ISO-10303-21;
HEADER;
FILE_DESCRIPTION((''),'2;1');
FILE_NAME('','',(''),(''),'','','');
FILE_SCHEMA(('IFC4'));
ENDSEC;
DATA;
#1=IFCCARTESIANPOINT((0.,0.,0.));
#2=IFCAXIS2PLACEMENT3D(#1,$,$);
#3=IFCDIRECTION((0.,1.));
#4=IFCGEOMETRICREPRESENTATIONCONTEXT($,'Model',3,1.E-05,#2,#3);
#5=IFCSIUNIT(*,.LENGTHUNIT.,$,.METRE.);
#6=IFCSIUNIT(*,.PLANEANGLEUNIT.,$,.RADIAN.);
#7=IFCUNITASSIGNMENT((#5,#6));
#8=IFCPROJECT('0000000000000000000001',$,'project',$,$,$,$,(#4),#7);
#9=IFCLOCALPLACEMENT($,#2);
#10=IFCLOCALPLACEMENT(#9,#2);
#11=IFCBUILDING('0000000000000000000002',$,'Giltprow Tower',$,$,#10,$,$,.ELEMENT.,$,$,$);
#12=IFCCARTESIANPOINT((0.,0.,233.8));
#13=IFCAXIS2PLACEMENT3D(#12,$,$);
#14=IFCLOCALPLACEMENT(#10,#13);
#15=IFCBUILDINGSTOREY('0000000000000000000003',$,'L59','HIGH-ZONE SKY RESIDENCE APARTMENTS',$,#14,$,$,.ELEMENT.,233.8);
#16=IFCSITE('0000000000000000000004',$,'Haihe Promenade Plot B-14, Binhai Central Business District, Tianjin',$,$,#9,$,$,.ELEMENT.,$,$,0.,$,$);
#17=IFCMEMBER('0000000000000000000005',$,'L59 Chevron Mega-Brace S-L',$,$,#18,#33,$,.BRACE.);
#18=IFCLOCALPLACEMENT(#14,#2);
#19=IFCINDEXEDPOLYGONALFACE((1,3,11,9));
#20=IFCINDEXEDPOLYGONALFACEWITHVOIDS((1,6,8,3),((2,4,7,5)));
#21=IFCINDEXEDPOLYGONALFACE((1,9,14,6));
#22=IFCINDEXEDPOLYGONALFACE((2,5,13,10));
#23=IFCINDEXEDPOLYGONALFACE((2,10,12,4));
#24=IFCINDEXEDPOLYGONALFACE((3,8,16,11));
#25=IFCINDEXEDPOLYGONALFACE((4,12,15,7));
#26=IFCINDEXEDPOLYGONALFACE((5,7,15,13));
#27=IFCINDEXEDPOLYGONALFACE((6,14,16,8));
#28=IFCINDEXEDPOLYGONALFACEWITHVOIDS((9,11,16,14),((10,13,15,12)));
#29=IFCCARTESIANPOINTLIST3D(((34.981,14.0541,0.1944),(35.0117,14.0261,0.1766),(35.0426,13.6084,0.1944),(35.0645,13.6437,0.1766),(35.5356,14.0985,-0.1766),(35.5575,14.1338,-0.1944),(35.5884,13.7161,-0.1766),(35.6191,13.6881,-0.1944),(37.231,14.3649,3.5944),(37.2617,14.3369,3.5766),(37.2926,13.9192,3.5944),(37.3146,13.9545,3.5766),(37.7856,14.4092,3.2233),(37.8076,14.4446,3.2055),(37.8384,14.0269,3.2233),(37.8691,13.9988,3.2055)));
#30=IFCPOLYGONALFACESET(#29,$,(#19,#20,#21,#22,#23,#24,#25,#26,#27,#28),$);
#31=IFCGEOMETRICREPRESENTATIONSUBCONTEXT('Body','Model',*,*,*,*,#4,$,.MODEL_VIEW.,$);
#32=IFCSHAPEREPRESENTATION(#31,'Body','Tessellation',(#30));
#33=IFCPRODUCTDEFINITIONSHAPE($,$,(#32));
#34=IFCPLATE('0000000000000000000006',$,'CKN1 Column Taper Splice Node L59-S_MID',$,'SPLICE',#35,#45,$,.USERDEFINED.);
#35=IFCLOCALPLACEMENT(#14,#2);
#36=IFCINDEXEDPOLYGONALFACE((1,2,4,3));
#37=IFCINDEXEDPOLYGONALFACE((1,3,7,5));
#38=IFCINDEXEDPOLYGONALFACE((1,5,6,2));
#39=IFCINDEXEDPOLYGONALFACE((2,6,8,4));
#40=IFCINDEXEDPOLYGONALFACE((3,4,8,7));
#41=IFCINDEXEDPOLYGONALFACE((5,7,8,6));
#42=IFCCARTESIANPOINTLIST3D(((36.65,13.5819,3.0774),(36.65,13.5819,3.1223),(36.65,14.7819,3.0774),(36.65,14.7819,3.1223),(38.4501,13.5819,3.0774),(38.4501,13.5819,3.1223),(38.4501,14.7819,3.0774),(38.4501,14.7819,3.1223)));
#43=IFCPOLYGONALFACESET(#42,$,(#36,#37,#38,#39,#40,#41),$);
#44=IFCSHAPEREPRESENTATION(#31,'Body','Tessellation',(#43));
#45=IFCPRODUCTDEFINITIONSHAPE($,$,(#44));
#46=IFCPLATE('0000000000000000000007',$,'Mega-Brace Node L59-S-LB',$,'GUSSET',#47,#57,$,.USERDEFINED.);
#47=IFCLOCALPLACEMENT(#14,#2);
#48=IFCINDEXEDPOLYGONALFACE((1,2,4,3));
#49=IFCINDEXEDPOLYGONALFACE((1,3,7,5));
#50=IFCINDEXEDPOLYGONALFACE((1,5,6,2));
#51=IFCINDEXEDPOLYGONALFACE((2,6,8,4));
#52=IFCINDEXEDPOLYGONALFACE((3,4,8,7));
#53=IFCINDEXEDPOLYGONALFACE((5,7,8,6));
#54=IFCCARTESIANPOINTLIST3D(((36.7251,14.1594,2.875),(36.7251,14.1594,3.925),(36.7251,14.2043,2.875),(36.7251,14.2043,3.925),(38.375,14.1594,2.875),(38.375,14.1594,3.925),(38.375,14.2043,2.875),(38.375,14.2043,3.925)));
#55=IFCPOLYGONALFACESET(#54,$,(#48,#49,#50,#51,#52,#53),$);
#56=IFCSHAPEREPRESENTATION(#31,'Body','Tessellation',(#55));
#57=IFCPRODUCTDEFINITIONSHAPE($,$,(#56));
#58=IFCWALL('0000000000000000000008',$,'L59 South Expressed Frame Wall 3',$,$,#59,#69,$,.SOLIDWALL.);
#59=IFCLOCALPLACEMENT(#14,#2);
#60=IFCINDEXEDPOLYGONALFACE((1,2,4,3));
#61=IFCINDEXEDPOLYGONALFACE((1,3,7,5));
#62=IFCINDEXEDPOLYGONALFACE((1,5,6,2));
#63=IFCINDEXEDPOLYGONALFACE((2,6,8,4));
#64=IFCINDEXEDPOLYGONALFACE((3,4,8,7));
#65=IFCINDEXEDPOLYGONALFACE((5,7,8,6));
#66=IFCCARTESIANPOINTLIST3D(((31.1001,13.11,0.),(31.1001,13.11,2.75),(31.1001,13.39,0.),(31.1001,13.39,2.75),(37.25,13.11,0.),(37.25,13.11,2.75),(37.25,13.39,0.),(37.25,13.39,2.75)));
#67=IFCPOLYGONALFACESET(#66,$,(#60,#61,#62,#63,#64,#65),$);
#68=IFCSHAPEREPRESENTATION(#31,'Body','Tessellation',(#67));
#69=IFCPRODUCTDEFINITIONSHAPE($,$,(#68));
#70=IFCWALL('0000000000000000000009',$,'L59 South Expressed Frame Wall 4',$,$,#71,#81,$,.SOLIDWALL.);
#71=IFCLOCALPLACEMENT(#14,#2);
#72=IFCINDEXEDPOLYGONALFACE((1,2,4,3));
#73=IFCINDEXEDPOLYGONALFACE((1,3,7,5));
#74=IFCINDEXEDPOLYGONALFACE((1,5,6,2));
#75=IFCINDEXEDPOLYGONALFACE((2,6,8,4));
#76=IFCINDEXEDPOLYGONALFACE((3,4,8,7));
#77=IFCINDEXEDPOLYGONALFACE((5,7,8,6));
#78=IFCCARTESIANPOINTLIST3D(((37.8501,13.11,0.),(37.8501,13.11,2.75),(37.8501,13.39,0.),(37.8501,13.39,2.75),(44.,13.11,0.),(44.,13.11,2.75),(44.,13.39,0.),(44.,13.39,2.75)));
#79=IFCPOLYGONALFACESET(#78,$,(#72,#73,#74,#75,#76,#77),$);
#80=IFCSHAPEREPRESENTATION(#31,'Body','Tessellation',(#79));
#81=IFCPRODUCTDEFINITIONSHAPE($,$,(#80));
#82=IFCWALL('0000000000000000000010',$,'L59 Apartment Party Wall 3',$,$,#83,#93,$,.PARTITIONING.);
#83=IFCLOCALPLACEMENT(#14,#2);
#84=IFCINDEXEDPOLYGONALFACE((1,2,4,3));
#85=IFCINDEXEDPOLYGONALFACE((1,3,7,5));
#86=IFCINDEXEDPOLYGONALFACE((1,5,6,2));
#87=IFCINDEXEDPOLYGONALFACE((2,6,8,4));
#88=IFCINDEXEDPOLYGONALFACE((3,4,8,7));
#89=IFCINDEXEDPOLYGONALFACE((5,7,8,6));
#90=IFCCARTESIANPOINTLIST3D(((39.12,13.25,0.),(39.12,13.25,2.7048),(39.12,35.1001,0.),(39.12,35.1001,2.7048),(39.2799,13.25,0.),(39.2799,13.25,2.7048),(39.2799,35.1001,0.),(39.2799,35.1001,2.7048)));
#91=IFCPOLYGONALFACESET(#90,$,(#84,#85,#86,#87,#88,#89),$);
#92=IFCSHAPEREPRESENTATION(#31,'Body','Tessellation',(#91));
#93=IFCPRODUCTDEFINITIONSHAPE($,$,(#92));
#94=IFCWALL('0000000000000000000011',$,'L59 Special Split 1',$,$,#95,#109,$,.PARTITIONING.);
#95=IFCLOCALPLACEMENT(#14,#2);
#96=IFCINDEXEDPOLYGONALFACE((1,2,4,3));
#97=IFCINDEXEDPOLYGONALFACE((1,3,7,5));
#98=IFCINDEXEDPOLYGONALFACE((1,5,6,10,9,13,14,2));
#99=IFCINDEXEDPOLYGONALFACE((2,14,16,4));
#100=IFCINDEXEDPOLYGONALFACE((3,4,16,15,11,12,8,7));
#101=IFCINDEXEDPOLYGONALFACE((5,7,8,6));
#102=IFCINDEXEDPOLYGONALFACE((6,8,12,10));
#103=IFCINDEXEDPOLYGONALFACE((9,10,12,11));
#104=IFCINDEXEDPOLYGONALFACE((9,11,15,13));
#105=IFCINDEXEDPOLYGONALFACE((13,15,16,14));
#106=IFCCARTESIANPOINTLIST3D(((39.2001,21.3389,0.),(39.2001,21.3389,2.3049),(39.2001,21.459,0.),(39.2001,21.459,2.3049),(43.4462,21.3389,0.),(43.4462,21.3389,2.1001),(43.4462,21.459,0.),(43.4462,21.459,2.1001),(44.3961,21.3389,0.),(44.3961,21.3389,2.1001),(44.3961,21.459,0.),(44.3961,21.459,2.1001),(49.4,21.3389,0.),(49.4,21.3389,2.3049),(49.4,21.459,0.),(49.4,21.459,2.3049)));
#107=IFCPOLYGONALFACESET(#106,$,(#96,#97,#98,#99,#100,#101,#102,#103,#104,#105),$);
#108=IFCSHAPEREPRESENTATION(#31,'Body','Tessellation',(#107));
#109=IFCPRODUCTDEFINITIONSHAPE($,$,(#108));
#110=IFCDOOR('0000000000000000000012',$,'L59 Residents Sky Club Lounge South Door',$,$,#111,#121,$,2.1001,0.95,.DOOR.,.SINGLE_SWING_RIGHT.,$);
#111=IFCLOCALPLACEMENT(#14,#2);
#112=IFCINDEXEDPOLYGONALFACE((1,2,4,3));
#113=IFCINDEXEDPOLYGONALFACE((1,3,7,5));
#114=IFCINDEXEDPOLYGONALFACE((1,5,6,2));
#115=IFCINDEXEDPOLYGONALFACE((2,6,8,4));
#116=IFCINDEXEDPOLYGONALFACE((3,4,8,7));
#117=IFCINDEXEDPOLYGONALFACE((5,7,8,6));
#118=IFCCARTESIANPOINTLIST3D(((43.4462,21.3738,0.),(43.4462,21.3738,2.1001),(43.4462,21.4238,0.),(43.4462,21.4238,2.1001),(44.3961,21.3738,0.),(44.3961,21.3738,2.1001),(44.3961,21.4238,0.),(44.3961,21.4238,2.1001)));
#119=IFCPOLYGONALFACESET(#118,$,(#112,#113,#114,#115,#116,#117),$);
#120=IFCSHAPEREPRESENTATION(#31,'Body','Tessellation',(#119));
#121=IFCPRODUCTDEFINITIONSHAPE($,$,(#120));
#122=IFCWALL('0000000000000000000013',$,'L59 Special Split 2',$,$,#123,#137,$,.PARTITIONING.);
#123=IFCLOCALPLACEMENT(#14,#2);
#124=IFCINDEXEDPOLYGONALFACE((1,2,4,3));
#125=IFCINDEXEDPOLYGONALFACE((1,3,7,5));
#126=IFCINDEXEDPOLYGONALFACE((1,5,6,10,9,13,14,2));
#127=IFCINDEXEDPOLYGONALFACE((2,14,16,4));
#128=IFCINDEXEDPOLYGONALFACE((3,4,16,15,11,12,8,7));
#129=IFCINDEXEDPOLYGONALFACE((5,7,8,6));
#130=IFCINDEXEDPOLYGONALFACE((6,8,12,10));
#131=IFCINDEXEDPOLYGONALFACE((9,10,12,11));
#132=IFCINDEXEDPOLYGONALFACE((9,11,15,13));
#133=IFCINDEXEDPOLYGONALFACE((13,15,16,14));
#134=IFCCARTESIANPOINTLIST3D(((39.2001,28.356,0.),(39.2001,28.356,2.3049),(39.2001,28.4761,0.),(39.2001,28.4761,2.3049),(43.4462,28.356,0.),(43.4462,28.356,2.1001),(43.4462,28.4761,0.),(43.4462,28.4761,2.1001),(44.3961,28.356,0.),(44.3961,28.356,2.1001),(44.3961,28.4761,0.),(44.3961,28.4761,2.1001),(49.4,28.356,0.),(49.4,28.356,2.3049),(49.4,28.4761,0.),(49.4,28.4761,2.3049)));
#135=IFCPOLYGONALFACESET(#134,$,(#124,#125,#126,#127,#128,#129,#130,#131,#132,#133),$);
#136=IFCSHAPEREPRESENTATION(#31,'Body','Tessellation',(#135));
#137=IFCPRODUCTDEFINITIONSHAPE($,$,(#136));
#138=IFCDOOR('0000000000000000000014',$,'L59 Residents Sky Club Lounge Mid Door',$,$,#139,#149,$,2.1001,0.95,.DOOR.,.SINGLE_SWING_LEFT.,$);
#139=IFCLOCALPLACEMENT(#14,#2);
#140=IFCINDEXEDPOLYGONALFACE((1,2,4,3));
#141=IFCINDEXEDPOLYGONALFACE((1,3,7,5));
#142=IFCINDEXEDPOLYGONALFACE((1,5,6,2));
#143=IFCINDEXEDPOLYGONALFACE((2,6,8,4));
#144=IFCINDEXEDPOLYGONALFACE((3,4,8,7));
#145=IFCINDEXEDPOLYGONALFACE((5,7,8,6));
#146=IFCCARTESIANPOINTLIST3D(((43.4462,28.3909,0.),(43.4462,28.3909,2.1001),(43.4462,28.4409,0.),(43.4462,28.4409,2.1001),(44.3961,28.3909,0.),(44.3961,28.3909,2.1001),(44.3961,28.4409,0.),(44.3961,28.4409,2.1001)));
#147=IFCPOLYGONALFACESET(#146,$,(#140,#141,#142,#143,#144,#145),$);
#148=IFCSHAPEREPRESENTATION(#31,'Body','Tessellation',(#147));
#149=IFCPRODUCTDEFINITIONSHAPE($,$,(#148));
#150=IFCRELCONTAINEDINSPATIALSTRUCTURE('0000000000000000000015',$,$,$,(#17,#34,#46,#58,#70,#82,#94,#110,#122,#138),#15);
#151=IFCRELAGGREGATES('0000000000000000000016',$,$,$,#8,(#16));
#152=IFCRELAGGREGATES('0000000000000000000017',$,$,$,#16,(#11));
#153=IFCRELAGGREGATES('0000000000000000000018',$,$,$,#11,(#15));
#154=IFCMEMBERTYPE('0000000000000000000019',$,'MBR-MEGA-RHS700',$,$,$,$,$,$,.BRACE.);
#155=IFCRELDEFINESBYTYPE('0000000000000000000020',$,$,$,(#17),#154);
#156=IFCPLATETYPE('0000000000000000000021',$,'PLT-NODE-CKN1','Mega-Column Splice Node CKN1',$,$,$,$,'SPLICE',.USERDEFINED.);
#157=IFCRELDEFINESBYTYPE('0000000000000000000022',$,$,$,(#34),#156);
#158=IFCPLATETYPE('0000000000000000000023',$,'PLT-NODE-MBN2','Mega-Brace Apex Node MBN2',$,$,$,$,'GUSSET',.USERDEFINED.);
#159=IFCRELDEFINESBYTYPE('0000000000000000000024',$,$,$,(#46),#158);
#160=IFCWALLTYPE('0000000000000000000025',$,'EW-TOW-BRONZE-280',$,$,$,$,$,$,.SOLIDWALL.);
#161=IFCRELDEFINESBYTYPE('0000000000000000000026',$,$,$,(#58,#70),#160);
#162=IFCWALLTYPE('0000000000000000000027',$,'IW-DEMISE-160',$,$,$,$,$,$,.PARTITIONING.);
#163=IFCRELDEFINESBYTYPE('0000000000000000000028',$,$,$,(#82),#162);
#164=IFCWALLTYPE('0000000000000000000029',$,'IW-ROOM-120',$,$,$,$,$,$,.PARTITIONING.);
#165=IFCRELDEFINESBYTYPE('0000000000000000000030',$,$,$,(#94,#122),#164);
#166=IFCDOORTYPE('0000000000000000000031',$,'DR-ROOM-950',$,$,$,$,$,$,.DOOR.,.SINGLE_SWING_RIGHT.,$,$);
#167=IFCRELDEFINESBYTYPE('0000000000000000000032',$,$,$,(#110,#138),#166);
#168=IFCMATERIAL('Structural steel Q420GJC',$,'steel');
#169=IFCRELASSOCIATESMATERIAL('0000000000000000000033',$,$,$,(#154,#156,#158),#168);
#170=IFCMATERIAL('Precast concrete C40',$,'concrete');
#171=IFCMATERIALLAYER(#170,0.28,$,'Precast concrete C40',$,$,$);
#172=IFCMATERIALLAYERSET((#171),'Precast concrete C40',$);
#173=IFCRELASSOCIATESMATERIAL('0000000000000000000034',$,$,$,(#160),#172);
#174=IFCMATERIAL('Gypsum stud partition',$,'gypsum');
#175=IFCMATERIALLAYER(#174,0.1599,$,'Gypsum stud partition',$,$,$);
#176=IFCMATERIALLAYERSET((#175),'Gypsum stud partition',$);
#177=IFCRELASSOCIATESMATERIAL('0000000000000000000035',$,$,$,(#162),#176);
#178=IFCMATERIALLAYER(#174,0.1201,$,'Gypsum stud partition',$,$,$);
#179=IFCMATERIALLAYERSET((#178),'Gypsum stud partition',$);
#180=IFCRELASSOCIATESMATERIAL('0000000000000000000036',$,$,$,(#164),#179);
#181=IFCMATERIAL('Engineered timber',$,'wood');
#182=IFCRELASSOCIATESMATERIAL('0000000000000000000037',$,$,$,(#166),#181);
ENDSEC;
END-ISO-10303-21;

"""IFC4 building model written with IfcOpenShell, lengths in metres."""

from ifc_helpers import new_model, si_unit, direction, frame, frame_2d, origin, origin_2d, place, context, subcontext, project, spatial, rectangle, hollow_rectangle, extrude, source, transform, mapped, material, layer, layer_set, material_profile, profile_set, type_object, element, fill, save


model = new_model("IFC4")

# Units and contexts
model_context = context("Model", 3, precision=1e-05, world=origin(), true_north=direction((0.0, 1.0)))
body_context = subcontext(model_context, "Body", "Model", "MODEL_VIEW")
ifc_project = project(units=[si_unit("LENGTHUNIT", "METRE"), si_unit("PLANEANGLEUNIT", "RADIAN")], contexts=[model_context])

# Site, building, storey
site_placement = place(None, origin())
site = spatial("IfcSite", under=ifc_project, at=site_placement, Name="Haihe Promenade Plot B-14, Binhai Central Business District, Tianjin", CompositionType="ELEMENT", RefElevation=0.0)
building_placement = place(site_placement, origin())
building = spatial("IfcBuilding", under=site, at=building_placement, Name="Giltprow Tower", CompositionType="ELEMENT")
storey_placement = place(building_placement, frame((0.0, 0.0, 233.8)))
storey = spatial("IfcBuildingStorey", under=building, at=storey_placement, Name="L59", Description="HIGH-ZONE SKY RESIDENCE APARTMENTS", CompositionType="ELEMENT", Elevation=233.8)

# Member
ifc_material_1 = material(Name="Structural steel Q420GJC", Category="steel")
ifc_material_profile_1 = material_profile(ifc_material_1, hollow_rectangle(XDim=0.45, YDim=0.7, WallThickness=0.032, at=origin_2d()), Name="RHS 700x450x32")
ifc_profile_set_1 = profile_set([ifc_material_profile_1], Name="Structural steel Q420GJC")
member_type = type_object("IfcMemberType", Name="MBR-MEGA-RHS700", PredefinedType="BRACE", material=ifc_profile_set_1)
shared_shape_1 = source(origin(), body_context, "Body", "SweptSolid", [
    extrude(hollow_rectangle(XDim=0.45, YDim=0.7, WallThickness=0.032, at=origin_2d()), origin(), (0.0, 0.0, 1.0), 4.0889),
])
member_placement = place(storey_placement, frame((35.3, 13.8711, 0.0), z_axis=(0.550281, 0.07601, 0.831512), x_axis=(-0.13683, 0.990595, 0.0)))
element("IfcMember", 1, at=member_placement, inside=storey, type_object=member_type, Name="L59 Chevron Mega-Brace S-L", PredefinedType="BRACE", context=body_context, shape_type="MappedRepresentation", body=[
    mapped(shared_shape_1, transform((0.0, 0.0, 0.0), x_axis=(1.0, 0.0, 0.0), y_axis=(0.0, 1.0, 0.0), z_axis=(0.0, 0.0, 1.0), scale=1.0)),
])

# Plates
plate_type_1 = type_object("IfcPlateType", Name="PLT-NODE-CKN1", Description="Mega-Column Splice Node CKN1", ElementType="SPLICE", PredefinedType="USERDEFINED", material=ifc_material_1)
shared_shape_2 = source(origin(), body_context, "Body", "SweptSolid", [
    extrude(rectangle(XDim=1.8, YDim=1.2, at=origin_2d()), origin(), (0.0, 0.0, 1.0), 0.0449),
])
plate_1_placement = place(storey_placement, frame((37.55, 14.1819, 3.0774), z_axis=(0.0, 0.0, 1.0), x_axis=(1.0, 0.0, 0.0)))
element("IfcPlate", 2, at=plate_1_placement, inside=storey, type_object=plate_type_1, Name="CKN1 Column Taper Splice Node L59-S_MID", ObjectType="SPLICE", PredefinedType="USERDEFINED", context=body_context, shape_type="MappedRepresentation", body=[
    mapped(shared_shape_2, transform((0.0, 0.0, 0.0), x_axis=(1.0, 0.0, 0.0), y_axis=(0.0, 1.0, 0.0), z_axis=(0.0, 0.0, 1.0), scale=1.0)),
])
plate_type_2 = type_object("IfcPlateType", Name="PLT-NODE-MBN2", Description="Mega-Brace Apex Node MBN2", ElementType="GUSSET", PredefinedType="USERDEFINED", material=ifc_material_1)
shared_shape_3 = source(origin(), body_context, "Body", "SweptSolid", [
    extrude(rectangle(XDim=1.6499, YDim=0.0449, at=origin_2d()), origin(), (0.0, 0.0, 1.0), 1.05),
])
plate_2_placement = place(storey_placement, frame((37.55, 14.1819, 2.875), z_axis=(0.0, 0.0, 1.0), x_axis=(1.0, 0.0, 0.0)))
element("IfcPlate", 3, at=plate_2_placement, inside=storey, type_object=plate_type_2, Name="Mega-Brace Node L59-S-LB", ObjectType="GUSSET", PredefinedType="USERDEFINED", context=body_context, shape_type="MappedRepresentation", body=[
    mapped(shared_shape_3, transform((0.0, 0.0, 0.0), x_axis=(1.0, 0.0, 0.0), y_axis=(0.0, 1.0, 0.0), z_axis=(0.0, 0.0, 1.0), scale=1.0)),
])

# Walls
ifc_material_2 = material(Name="Precast concrete C40", Category="concrete")
ifc_layer_1 = layer(ifc_material_2, 0.28, Name="Precast concrete C40")
ifc_layer_set_1 = layer_set([ifc_layer_1], Name="Precast concrete C40")
wall_type_1 = type_object("IfcWallType", Name="EW-TOW-BRONZE-280", PredefinedType="SOLIDWALL", material=ifc_layer_set_1)
for number, where, z_axis, x_axis, name in (
    (4, (31.1001, 13.25, 0.0), (0.0, 0.0, 1.0), (1.0, 0.0, 0.0), "L59 South Expressed Frame Wall 3"),
    (5, (37.8501, 13.25, 0.0), (0.0, 0.0, 1.0), (1.0, 0.0, 0.0), "L59 South Expressed Frame Wall 4"),
):
    element("IfcWall", number, at=place(storey_placement, frame(where, z_axis=z_axis, x_axis=x_axis)), inside=storey, type_object=wall_type_1, Name=name, PredefinedType="SOLIDWALL", context=body_context, shape_type="SweptSolid", body=[
        extrude(rectangle(XDim=6.1499, YDim=0.28, at=frame_2d((3.075, 0.0))), origin(), (0.0, 0.0, 1.0), 2.75),
    ])
ifc_material_3 = material(Name="Gypsum stud partition", Category="gypsum")
ifc_layer_2 = layer(ifc_material_3, 0.1599, Name="Gypsum stud partition")
ifc_layer_set_2 = layer_set([ifc_layer_2], Name="Gypsum stud partition")
wall_type_2 = type_object("IfcWallType", Name="IW-DEMISE-160", PredefinedType="PARTITIONING", material=ifc_layer_set_2)
wall_1_placement = place(storey_placement, frame((39.2, 13.25, 0.0), z_axis=(0.0, 0.0, 1.0), x_axis=(0.0, 1.0, 0.0)))
element("IfcWall", 6, at=wall_1_placement, inside=storey, type_object=wall_type_2, Name="L59 Apartment Party Wall 3", PredefinedType="PARTITIONING", context=body_context, shape_type="SweptSolid", body=[
    extrude(rectangle(XDim=21.8501, YDim=0.1599, at=frame_2d((10.925, 0.0))), origin(), (0.0, 0.0, 1.0), 2.7048),
])

# Walls, openings, doors
ifc_layer_3 = layer(ifc_material_3, 0.1201, Name="Gypsum stud partition")
ifc_layer_set_3 = layer_set([ifc_layer_3], Name="Gypsum stud partition")
wall_type_3 = type_object("IfcWallType", Name="IW-ROOM-120", PredefinedType="PARTITIONING", material=ifc_layer_set_3)
wall_2_placement = place(storey_placement, frame((39.2, 21.3989, 0.0), z_axis=(0.0, 0.0, 1.0), x_axis=(1.0, 0.0, 0.0)))
wall_2 = element("IfcWall", 7, at=wall_2_placement, inside=storey, type_object=wall_type_3, Name="L59 Special Split 1", PredefinedType="PARTITIONING", context=body_context, shape_type="SweptSolid", body=[
    extrude(rectangle(XDim=10.2, YDim=0.1201, at=frame_2d((5.1001, 0.0))), origin(), (0.0, 0.0, 1.0), 2.3049),
])
opening_1_placement = place(wall_2_placement, frame((4.2461, 0.0, 0.0)))
opening_1 = element("IfcOpeningElement", 8, at=opening_1_placement, cuts=wall_2, PredefinedType="OPENING", context=body_context, shape_type="SweptSolid", body=[
    extrude(rectangle(XDim=0.95, YDim=2.1001, at=frame_2d((0.4751, 1.05))), frame((0.0, 0.0701, 0.0), z_axis=(0.0, -1.0, 0.0), x_axis=(1.0, 0.0, 0.0)), (0.0, 0.0, 1.0), 0.1401),
])
ifc_material_4 = material(Name="Engineered timber", Category="wood")
door_type = type_object("IfcDoorType", Name="DR-ROOM-950", OperationType="SINGLE_SWING_RIGHT", PredefinedType="DOOR", material=ifc_material_4)
shared_shape_4 = source(origin(), body_context, "Body", "SweptSolid", [
    extrude(rectangle(XDim=0.95, YDim=2.1001, at=frame_2d((0.4751, 1.05))), frame((0.0, 0.0249, 0.0), z_axis=(0.0, -1.0, 0.0), x_axis=(1.0, 0.0, 0.0)), (0.0, 0.0, 1.0), 0.05),
])
door_1_placement = place(opening_1_placement, origin())
door_1 = element("IfcDoor", 9, at=door_1_placement, inside=storey, type_object=door_type, Name="L59 Residents Sky Club Lounge South Door", OperationType="SINGLE_SWING_RIGHT", OverallHeight=2.1001, OverallWidth=0.95, PredefinedType="DOOR", context=body_context, shape_type="MappedRepresentation", body=[
    mapped(shared_shape_4, transform((0.0, 0.0, 0.0), x_axis=(1.0, 0.0, 0.0), y_axis=(0.0, 1.0, 0.0), z_axis=(0.0, 0.0, 1.0), scale=1.0)),
])
fill(opening_1, door_1)
wall_3_placement = place(storey_placement, frame((39.2, 28.416, 0.0), z_axis=(0.0, 0.0, 1.0), x_axis=(1.0, 0.0, 0.0)))
wall_3 = element("IfcWall", 10, at=wall_3_placement, inside=storey, type_object=wall_type_3, Name="L59 Special Split 2", PredefinedType="PARTITIONING", context=body_context, shape_type="SweptSolid", body=[
    extrude(rectangle(XDim=10.2, YDim=0.1201, at=frame_2d((5.1001, 0.0))), origin(), (0.0, 0.0, 1.0), 2.3049),
])
opening_2_placement = place(wall_3_placement, frame((4.2461, 0.0, 0.0)))
opening_2 = element("IfcOpeningElement", 11, at=opening_2_placement, cuts=wall_3, PredefinedType="OPENING", context=body_context, shape_type="SweptSolid", body=[
    extrude(rectangle(XDim=0.95, YDim=2.1001, at=frame_2d((0.4751, 1.05))), frame((0.0, 0.0701, 0.0), z_axis=(0.0, -1.0, 0.0), x_axis=(1.0, 0.0, 0.0)), (0.0, 0.0, 1.0), 0.1401),
])
door_2_placement = place(opening_2_placement, origin())
door_2 = element("IfcDoor", 12, at=door_2_placement, inside=storey, type_object=door_type, Name="L59 Residents Sky Club Lounge Mid Door", OperationType="SINGLE_SWING_LEFT", OverallHeight=2.1001, OverallWidth=0.95, PredefinedType="DOOR", context=body_context, shape_type="MappedRepresentation", body=[
    mapped(shared_shape_4, transform((0.0, 0.0, 0.0), x_axis=(1.0, 0.0, 0.0), y_axis=(0.0, 1.0, 0.0), z_axis=(0.0, 0.0, 1.0), scale=1.0)),
])
fill(opening_2, door_2)

save(model, "model.ifc")
